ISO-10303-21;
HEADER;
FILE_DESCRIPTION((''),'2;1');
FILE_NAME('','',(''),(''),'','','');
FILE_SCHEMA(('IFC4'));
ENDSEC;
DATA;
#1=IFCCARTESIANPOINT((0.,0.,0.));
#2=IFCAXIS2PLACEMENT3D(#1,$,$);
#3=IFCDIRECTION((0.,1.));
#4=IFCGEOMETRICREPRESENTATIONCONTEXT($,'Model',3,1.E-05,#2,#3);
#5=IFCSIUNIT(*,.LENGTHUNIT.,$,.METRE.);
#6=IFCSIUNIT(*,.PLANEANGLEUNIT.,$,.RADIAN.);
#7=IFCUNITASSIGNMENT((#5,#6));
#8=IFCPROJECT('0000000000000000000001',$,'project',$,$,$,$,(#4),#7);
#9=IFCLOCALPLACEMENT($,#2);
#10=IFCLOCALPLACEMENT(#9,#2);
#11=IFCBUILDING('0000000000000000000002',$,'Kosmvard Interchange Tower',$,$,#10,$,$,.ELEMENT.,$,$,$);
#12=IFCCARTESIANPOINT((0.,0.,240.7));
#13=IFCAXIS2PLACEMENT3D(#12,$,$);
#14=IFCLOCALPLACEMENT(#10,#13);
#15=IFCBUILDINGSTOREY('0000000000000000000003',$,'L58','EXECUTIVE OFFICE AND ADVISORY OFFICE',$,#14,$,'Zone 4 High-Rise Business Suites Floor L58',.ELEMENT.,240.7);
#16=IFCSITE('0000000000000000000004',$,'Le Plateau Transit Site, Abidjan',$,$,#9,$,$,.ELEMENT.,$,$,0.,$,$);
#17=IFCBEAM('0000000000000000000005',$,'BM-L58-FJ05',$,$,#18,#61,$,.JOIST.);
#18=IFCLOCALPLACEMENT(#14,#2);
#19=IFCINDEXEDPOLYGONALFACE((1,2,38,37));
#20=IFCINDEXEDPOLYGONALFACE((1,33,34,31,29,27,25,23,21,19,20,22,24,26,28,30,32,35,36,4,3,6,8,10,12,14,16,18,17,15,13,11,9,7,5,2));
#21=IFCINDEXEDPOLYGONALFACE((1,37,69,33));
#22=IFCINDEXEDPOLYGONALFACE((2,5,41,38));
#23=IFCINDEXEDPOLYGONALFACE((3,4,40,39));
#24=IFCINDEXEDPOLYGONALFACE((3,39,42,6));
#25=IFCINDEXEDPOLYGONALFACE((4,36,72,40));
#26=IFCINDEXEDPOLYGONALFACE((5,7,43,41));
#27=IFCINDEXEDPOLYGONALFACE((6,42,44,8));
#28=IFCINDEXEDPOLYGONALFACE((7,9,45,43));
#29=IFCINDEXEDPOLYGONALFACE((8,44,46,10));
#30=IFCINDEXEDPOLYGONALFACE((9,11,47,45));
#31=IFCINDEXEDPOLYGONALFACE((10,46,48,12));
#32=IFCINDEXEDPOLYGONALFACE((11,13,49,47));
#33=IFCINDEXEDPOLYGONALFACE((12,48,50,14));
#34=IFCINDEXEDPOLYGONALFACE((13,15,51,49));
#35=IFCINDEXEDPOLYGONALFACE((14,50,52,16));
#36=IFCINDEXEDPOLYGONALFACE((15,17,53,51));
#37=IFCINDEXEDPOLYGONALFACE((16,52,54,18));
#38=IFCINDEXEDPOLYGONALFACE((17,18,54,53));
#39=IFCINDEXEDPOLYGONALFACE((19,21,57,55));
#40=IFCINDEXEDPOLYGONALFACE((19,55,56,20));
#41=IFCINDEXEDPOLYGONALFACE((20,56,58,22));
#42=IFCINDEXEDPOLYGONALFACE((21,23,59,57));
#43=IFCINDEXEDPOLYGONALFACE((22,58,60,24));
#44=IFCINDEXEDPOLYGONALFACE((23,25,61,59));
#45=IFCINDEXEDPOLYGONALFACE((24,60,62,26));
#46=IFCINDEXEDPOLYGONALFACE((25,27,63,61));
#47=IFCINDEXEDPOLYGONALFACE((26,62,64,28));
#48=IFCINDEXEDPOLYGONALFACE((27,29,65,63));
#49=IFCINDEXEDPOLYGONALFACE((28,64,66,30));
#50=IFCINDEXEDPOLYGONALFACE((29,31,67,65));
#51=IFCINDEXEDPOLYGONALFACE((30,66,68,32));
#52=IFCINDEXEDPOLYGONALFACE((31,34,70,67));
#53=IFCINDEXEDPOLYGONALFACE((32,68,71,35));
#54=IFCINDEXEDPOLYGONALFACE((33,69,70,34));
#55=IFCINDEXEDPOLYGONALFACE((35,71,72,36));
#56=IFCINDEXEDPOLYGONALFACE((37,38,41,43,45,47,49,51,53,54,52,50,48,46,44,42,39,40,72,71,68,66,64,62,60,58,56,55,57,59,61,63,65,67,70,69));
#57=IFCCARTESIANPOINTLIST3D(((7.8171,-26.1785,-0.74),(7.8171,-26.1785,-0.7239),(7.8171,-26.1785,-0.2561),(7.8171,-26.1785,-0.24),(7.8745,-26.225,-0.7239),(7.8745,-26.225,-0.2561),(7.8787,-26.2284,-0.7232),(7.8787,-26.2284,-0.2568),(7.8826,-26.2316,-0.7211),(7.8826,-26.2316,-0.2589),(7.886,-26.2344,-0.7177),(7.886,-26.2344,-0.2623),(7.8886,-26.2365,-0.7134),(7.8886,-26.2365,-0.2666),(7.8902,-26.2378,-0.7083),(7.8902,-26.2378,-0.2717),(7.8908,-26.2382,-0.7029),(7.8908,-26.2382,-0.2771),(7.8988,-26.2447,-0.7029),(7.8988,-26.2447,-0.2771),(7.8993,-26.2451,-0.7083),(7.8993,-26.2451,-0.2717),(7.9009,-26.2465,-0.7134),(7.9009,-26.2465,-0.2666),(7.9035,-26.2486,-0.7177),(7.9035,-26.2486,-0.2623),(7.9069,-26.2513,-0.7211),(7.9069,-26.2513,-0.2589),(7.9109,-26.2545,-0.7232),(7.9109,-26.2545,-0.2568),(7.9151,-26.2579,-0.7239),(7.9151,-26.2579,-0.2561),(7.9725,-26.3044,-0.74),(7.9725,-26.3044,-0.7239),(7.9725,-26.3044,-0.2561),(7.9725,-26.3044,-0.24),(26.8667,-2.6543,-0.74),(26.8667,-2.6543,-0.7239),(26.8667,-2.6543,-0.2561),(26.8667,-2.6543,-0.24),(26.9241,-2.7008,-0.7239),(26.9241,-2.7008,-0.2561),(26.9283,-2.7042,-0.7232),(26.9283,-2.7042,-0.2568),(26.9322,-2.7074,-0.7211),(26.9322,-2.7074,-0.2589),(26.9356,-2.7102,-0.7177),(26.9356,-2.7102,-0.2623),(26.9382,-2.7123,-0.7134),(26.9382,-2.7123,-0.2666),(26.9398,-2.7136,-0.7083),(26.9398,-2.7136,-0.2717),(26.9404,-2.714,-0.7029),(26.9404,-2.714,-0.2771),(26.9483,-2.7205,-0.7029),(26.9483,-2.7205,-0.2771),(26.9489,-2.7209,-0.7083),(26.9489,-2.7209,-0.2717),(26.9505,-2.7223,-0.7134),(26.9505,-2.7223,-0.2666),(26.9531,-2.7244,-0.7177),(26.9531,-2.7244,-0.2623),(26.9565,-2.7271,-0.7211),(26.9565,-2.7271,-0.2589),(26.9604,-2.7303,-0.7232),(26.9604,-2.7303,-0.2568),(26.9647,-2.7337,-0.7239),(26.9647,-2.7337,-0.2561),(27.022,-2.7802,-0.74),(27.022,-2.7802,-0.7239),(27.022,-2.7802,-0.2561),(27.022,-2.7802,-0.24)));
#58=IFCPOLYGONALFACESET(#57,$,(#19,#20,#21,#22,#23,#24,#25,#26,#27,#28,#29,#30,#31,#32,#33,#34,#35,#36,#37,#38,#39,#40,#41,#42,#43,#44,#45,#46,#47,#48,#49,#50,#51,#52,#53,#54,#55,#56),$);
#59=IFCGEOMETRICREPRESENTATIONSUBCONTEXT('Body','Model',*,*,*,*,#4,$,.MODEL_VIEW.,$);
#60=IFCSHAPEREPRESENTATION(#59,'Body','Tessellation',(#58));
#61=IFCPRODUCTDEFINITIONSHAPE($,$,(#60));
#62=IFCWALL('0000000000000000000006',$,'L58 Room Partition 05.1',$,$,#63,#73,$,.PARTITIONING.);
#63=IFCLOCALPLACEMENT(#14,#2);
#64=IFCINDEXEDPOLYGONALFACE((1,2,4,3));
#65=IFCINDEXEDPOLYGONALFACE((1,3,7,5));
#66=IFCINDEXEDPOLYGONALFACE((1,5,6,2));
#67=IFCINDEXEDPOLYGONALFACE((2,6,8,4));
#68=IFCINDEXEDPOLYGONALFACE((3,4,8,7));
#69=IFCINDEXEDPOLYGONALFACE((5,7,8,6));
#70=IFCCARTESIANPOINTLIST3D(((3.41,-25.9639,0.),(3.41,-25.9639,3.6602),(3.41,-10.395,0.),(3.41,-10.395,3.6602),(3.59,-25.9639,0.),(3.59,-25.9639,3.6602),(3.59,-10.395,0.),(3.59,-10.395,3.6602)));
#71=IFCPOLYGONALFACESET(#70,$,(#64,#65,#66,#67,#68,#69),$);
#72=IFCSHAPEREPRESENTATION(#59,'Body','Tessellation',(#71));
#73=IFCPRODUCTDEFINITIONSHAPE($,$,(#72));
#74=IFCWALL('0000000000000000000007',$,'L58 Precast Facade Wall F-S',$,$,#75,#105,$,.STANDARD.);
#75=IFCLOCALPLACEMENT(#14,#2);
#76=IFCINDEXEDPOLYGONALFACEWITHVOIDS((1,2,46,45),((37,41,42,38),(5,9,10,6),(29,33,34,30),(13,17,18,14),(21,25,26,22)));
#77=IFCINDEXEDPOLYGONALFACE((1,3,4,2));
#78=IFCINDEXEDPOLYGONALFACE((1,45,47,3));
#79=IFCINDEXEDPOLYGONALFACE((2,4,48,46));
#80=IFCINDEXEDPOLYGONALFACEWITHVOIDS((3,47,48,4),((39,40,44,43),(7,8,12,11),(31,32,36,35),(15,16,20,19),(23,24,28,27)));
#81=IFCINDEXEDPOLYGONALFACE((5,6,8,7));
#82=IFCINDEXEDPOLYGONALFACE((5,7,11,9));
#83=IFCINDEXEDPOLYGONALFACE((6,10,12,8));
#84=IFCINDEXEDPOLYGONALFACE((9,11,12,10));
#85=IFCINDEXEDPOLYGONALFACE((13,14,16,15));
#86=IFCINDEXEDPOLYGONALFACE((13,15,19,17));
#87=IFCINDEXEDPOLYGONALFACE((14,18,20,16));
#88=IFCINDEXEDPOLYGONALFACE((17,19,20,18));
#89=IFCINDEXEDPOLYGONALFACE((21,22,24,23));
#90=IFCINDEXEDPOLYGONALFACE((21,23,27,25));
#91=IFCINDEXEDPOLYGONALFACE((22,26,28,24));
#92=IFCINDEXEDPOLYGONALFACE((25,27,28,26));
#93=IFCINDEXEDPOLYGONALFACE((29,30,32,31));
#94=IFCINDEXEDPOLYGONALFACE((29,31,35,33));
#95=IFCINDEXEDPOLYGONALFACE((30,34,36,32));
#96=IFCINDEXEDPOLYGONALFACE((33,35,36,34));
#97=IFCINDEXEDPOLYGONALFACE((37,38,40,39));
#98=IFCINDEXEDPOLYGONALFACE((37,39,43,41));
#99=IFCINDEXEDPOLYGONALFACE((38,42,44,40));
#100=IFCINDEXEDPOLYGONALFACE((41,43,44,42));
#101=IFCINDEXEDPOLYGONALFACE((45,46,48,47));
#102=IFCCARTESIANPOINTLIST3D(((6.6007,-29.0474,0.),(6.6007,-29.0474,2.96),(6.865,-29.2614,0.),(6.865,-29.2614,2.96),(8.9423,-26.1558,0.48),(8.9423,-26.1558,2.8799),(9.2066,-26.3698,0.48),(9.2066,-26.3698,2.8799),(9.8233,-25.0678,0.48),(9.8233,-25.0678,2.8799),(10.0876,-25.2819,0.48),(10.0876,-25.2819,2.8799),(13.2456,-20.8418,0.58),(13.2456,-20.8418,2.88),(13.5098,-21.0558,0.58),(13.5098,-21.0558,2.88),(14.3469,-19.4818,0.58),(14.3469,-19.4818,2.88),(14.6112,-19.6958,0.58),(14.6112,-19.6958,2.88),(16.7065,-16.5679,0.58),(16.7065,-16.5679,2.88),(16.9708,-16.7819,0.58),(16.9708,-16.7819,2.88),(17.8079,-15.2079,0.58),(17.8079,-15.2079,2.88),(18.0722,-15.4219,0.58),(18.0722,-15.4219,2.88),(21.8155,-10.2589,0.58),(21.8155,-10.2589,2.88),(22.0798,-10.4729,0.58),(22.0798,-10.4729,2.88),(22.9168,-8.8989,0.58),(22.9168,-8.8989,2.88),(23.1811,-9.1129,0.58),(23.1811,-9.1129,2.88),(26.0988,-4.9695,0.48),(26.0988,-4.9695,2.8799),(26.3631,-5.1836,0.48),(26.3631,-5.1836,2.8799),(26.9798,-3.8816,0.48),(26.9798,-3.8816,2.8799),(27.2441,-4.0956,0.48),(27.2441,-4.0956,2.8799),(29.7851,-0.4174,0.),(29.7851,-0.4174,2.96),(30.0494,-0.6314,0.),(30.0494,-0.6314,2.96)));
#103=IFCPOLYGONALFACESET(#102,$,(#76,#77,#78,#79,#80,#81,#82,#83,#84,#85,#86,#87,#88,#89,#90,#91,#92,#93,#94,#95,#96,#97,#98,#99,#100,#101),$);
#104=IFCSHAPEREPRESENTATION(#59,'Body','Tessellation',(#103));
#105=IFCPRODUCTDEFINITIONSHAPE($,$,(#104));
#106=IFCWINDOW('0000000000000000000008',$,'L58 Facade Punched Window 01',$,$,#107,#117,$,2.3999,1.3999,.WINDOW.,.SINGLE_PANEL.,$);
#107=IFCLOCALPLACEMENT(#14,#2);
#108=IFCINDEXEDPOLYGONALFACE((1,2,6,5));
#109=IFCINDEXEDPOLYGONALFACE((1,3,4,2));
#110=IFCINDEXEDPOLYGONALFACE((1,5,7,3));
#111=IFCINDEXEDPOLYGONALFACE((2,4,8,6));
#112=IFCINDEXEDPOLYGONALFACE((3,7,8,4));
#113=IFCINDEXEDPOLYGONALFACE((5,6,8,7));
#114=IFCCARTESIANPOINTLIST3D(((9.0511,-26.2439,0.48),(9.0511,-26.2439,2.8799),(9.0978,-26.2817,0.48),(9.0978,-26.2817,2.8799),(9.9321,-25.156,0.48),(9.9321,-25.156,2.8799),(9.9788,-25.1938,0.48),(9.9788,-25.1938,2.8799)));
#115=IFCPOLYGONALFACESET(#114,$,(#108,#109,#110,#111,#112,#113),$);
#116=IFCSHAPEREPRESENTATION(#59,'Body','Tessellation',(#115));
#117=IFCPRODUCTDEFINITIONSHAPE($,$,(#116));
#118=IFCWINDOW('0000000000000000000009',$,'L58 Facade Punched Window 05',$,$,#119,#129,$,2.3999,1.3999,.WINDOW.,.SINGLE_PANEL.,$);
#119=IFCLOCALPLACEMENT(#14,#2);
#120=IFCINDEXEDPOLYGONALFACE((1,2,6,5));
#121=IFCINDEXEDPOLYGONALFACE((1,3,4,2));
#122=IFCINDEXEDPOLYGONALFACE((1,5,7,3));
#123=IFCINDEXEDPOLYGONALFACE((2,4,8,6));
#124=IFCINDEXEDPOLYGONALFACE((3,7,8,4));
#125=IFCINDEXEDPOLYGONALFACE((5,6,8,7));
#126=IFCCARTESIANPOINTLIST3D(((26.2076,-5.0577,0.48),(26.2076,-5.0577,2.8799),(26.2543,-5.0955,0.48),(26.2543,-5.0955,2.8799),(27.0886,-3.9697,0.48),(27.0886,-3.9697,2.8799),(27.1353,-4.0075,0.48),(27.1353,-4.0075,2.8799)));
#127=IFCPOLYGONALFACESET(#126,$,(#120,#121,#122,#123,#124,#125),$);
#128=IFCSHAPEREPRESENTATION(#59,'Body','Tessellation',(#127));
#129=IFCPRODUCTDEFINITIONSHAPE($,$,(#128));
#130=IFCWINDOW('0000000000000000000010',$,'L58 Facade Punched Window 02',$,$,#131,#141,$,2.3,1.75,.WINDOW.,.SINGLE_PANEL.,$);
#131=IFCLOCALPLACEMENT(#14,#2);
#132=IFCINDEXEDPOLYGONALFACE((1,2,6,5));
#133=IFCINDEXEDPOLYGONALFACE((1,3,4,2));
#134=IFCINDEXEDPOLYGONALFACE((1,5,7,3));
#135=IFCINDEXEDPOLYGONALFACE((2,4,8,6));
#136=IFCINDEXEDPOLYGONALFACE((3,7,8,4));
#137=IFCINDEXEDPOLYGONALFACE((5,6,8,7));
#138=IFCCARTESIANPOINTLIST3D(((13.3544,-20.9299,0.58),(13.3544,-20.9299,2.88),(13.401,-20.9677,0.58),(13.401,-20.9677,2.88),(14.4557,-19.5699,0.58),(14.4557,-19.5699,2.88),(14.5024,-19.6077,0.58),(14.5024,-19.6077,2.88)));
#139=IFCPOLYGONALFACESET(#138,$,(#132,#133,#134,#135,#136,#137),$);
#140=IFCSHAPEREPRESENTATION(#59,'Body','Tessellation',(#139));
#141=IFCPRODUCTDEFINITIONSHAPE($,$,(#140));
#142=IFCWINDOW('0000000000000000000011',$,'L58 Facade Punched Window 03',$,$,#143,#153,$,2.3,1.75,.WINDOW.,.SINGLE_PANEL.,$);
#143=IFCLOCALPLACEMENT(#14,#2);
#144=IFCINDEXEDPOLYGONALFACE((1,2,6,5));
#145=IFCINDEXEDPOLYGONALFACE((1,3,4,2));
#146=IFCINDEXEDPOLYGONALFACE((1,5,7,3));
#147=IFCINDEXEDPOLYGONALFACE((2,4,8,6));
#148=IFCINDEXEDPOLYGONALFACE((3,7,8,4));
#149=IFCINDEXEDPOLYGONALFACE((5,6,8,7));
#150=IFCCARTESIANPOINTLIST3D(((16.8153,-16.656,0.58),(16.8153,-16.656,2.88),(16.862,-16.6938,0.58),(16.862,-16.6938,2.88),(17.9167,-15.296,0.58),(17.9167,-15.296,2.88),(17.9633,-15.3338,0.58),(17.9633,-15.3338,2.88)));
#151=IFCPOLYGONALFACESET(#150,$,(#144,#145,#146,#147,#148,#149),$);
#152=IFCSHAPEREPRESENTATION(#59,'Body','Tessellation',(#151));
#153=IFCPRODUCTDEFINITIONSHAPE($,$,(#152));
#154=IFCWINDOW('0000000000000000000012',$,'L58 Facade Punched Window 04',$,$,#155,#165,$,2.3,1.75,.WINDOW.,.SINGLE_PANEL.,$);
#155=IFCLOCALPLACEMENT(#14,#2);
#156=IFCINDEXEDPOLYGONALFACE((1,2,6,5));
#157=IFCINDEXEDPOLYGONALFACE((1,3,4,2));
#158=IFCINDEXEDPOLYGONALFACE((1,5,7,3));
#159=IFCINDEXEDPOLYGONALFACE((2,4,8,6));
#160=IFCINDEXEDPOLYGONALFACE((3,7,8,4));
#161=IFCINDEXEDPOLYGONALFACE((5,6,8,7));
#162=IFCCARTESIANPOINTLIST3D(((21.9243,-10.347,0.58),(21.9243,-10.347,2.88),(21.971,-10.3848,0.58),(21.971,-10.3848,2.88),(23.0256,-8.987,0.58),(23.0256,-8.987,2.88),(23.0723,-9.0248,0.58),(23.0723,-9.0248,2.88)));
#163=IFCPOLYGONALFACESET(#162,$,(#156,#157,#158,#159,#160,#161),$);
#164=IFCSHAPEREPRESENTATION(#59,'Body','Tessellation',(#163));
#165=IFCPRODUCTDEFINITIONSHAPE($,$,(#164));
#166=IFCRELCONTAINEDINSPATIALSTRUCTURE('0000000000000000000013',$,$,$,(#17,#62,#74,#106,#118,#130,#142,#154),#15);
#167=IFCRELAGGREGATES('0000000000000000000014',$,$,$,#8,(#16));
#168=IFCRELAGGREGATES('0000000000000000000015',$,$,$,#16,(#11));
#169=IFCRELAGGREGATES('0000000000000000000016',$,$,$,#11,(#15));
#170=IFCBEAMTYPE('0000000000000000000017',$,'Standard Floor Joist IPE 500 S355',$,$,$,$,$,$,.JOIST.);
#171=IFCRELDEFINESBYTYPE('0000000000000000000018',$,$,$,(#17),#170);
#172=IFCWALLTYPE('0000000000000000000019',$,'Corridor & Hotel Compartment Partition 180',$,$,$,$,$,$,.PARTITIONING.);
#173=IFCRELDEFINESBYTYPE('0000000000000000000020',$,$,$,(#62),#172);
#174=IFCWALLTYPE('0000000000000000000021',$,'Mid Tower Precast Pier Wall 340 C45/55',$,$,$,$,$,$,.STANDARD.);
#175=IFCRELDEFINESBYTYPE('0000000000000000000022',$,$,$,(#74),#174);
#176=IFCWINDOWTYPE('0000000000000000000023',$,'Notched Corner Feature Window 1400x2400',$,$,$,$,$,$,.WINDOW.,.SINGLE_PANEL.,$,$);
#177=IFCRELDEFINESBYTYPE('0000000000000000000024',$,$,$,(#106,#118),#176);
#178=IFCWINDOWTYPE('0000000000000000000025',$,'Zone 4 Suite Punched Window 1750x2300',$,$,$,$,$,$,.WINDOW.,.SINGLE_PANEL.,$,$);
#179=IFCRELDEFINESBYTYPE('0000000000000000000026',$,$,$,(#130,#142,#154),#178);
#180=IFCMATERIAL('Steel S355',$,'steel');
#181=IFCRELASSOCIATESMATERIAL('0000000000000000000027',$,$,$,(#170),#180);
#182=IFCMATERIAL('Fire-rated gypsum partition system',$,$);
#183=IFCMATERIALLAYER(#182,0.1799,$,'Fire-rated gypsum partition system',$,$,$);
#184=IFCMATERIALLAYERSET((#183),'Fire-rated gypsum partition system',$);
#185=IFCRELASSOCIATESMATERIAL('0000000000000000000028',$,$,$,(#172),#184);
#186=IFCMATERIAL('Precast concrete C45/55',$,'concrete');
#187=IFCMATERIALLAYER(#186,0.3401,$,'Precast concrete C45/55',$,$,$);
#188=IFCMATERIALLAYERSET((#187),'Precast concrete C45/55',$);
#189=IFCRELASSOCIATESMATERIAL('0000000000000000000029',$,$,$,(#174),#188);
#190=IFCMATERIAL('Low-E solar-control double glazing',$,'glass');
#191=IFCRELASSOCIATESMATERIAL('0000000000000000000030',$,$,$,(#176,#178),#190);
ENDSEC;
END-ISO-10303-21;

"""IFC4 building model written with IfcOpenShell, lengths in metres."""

from ifc_helpers import new_model, si_unit, direction, frame, frame_2d, origin, origin_2d, place, context, subcontext, project, spatial, rectangle, i_section, extrude, source, transform, mapped, material, layer, layer_set, material_profile, profile_set, type_object, element, fill, save


model = new_model("IFC4")

# Units and contexts
model_context = context("Model", 3, precision=1e-05, world=origin(), true_north=direction((0.0, 1.0)))
body_context = subcontext(model_context, "Body", "Model", "MODEL_VIEW")
ifc_project = project(units=[si_unit("LENGTHUNIT", "METRE"), si_unit("PLANEANGLEUNIT", "RADIAN")], contexts=[model_context])

# Site, building, storey
site_placement = place(None, origin())
site = spatial("IfcSite", under=ifc_project, at=site_placement, Name="Le Plateau Transit Site, Abidjan", CompositionType="ELEMENT", RefElevation=0.0)
building_placement = place(site_placement, origin())
building = spatial("IfcBuilding", under=site, at=building_placement, Name="Kosmvard Interchange Tower", CompositionType="ELEMENT")
storey_placement = place(building_placement, frame((0.0, 0.0, 240.7)))
storey = spatial("IfcBuildingStorey", under=building, at=storey_placement, Name="L58", Description="EXECUTIVE OFFICE AND ADVISORY OFFICE", LongName="Zone 4 High-Rise Business Suites Floor L58", CompositionType="ELEMENT", Elevation=240.7)

# Beam
ifc_material_1 = material(Name="Steel S355", Category="steel")
ifc_material_profile_1 = material_profile(ifc_material_1, i_section(OverallWidth=0.2, OverallDepth=0.5, WebThickness=0.0103, FlangeThickness=0.0161, FilletRadius=0.021, at=origin_2d()), Name="IPE 500")
ifc_profile_set_1 = profile_set([ifc_material_profile_1], Name="Steel S355")
beam_type_1 = type_object("IfcBeamType", Name="Standard Floor Joist IPE 500 S355", PredefinedType="JOIST", material=ifc_profile_set_1)
shared_shape_1 = source(origin(), body_context, "Body", "SweptSolid", [
    extrude(i_section(OverallWidth=0.2, OverallDepth=0.5, WebThickness=0.0103, FlangeThickness=0.0161, FilletRadius=0.021, at=origin_2d()), origin(), (0.0, 0.0, 1.0), 30.27),
])
beam_1_placement = place(storey_placement, frame((7.8948, -26.2415, -0.49), z_axis=(0.629322, 0.777145, 0.0), x_axis=(-0.777145, 0.629322, 0.0)))
element("IfcBeam", 1, at=beam_1_placement, inside=storey, type_object=beam_type_1, Name="BM-L58-FJ05", PredefinedType="JOIST", context=body_context, shape_type="MappedRepresentation", body=[
    mapped(shared_shape_1, transform((0.0, 0.0, 0.0), scale=1.0)),
])

# Wall
ifc_material_2 = material(Name="Fire-rated gypsum partition system")
ifc_layer_1 = layer(ifc_material_2, 0.1799, Name="Fire-rated gypsum partition system")
ifc_layer_set_1 = layer_set([ifc_layer_1], Name="Fire-rated gypsum partition system")
wall_type_1 = type_object("IfcWallType", Name="Corridor & Hotel Compartment Partition 180", PredefinedType="PARTITIONING", material=ifc_layer_set_1)
wall_1_placement = place(storey_placement, frame((3.5, -10.395, 0.0), z_axis=(0.0, 0.0, 1.0), x_axis=(0.0, -1.0, 0.0)))
element("IfcWall", 2, at=wall_1_placement, inside=storey, type_object=wall_type_1, Name="L58 Room Partition 05.1", PredefinedType="PARTITIONING", context=body_context, shape_type="SweptSolid", body=[
    extrude(rectangle(XDim=15.5688, YDim=0.1799, at=frame_2d((7.7844, 0.0))), origin(), (0.0, 0.0, 1.0), 3.6602),
])

# Wall, openings, windows
ifc_material_3 = material(Name="Precast concrete C45/55", Category="concrete")
ifc_layer_2 = layer(ifc_material_3, 0.3401, Name="Precast concrete C45/55")
ifc_layer_set_2 = layer_set([ifc_layer_2], Name="Precast concrete C45/55")
wall_type_2 = type_object("IfcWallType", Name="Mid Tower Precast Pier Wall 340 C45/55", PredefinedType="STANDARD", material=ifc_layer_set_2)
wall_2_placement = place(storey_placement, frame((6.7329, -29.1543, 0.0), z_axis=(0.0, 0.0, 1.0), x_axis=(0.629325, 0.777142, 0.0)))
wall_2 = element("IfcWall", 3, at=wall_2_placement, inside=storey, type_object=wall_type_2, Name="L58 Precast Facade Wall F-S", PredefinedType="STANDARD", context=body_context, shape_type="SweptSolid", body=[
    extrude(rectangle(XDim=36.8401, YDim=0.3401, at=frame_2d((18.4199, 0.0))), origin(), (0.0, 0.0, 1.0), 2.96),
])
opening_1_placement = place(wall_2_placement, frame((3.7207, 0.0, 0.48)))
opening_1 = element("IfcOpeningElement", 4, at=opening_1_placement, cuts=wall_2, PredefinedType="OPENING", context=body_context, shape_type="SweptSolid", body=[
    extrude(rectangle(XDim=1.3999, YDim=2.3999, at=frame_2d((0.7, 1.2))), frame((0.0, 0.1802, 0.0), z_axis=(0.0, -1.0, 0.0), x_axis=(1.0, 0.0, 0.0)), (0.0, 0.0, 1.0), 0.3601),
])
opening_2_placement = place(wall_2_placement, frame((10.5586, 0.0, 0.5801)))
opening_2 = element("IfcOpeningElement", 5, at=opening_2_placement, cuts=wall_2, PredefinedType="OPENING", context=body_context, shape_type="SweptSolid", body=[
    extrude(rectangle(XDim=1.75, YDim=2.3, at=frame_2d((0.875, 1.1499))), frame((0.0, 0.1802, 0.0), z_axis=(0.0, -1.0, 0.0), x_axis=(1.0, 0.0, 0.0)), (0.0, 0.0, 1.0), 0.3601),
])
opening_3_placement = place(wall_2_placement, frame((16.0581, 0.0, 0.5801)))
opening_3 = element("IfcOpeningElement", 6, at=opening_3_placement, cuts=wall_2, PredefinedType="OPENING", context=body_context, shape_type="SweptSolid", body=[
    extrude(rectangle(XDim=1.75, YDim=2.3, at=frame_2d((0.875, 1.1499))), frame((0.0, 0.1802, 0.0), z_axis=(0.0, -1.0, 0.0), x_axis=(1.0, 0.0, 0.0)), (0.0, 0.0, 1.0), 0.3601),
])
opening_4_placement = place(wall_2_placement, frame((24.1763, 0.0, 0.5801)))
opening_4 = element("IfcOpeningElement", 7, at=opening_4_placement, cuts=wall_2, PredefinedType="OPENING", context=body_context, shape_type="SweptSolid", body=[
    extrude(rectangle(XDim=1.75, YDim=2.3, at=frame_2d((0.875, 1.1499))), frame((0.0, 0.1802, 0.0), z_axis=(0.0, -1.0, 0.0), x_axis=(1.0, 0.0, 0.0)), (0.0, 0.0, 1.0), 0.3601),
])
opening_5_placement = place(wall_2_placement, frame((30.9824, 0.0, 0.48)))
opening_5 = element("IfcOpeningElement", 8, at=opening_5_placement, cuts=wall_2, PredefinedType="OPENING", context=body_context, shape_type="SweptSolid", body=[
    extrude(rectangle(XDim=1.3999, YDim=2.3999, at=frame_2d((0.7, 1.2))), frame((0.0, 0.1802, 0.0), z_axis=(0.0, -1.0, 0.0), x_axis=(1.0, 0.0, 0.0)), (0.0, 0.0, 1.0), 0.3601),
])
ifc_material_4 = material(Name="Low-E solar-control double glazing", Category="glass")
window_type_1 = type_object("IfcWindowType", Name="Notched Corner Feature Window 1400x2400", PartitioningType="SINGLE_PANEL", PredefinedType="WINDOW", material=ifc_material_4)
shared_shape_2 = source(origin(), body_context, "Body", "SweptSolid", [
    extrude(rectangle(XDim=1.3999, YDim=2.3999, at=frame_2d((0.7, 1.2))), frame((0.0, 0.03, 0.0), z_axis=(0.0, -1.0, 0.0), x_axis=(1.0, 0.0, 0.0)), (0.0, 0.0, 1.0), 0.0601),
])
window_1_placement = place(opening_1_placement, origin())
window_1 = element("IfcWindow", 9, at=window_1_placement, inside=storey, type_object=window_type_1, Name="L58 Facade Punched Window 01", OverallHeight=2.3999, OverallWidth=1.3999, PartitioningType="SINGLE_PANEL", PredefinedType="WINDOW", context=body_context, shape_type="MappedRepresentation", body=[
    mapped(shared_shape_2, transform((0.0, 0.0, 0.0), scale=1.0)),
])
fill(opening_1, window_1)
window_2_placement = place(opening_5_placement, origin())
window_2 = element("IfcWindow", 10, at=window_2_placement, inside=storey, type_object=window_type_1, Name="L58 Facade Punched Window 05", OverallHeight=2.3999, OverallWidth=1.3999, PartitioningType="SINGLE_PANEL", PredefinedType="WINDOW", context=body_context, shape_type="MappedRepresentation", body=[
    mapped(shared_shape_2, transform((0.0, 0.0, 0.0), scale=1.0)),
])
fill(opening_5, window_2)
window_type_2 = type_object("IfcWindowType", Name="Zone 4 Suite Punched Window 1750x2300", PartitioningType="SINGLE_PANEL", PredefinedType="WINDOW", material=ifc_material_4)
shared_shape_3 = source(origin(), body_context, "Body", "SweptSolid", [
    extrude(rectangle(XDim=1.75, YDim=2.3, at=frame_2d((0.875, 1.1499))), frame((0.0, 0.03, 0.0), z_axis=(0.0, -1.0, 0.0), x_axis=(1.0, 0.0, 0.0)), (0.0, 0.0, 1.0), 0.0601),
])
window_3_placement = place(opening_2_placement, origin())
window_3 = element("IfcWindow", 11, at=window_3_placement, inside=storey, type_object=window_type_2, Name="L58 Facade Punched Window 02", OverallHeight=2.3, OverallWidth=1.75, PartitioningType="SINGLE_PANEL", PredefinedType="WINDOW", context=body_context, shape_type="MappedRepresentation", body=[
    mapped(shared_shape_3, transform((0.0, 0.0, 0.0), scale=1.0)),
])
fill(opening_2, window_3)
window_4_placement = place(opening_3_placement, origin())
window_4 = element("IfcWindow", 12, at=window_4_placement, inside=storey, type_object=window_type_2, Name="L58 Facade Punched Window 03", OverallHeight=2.3, OverallWidth=1.75, PartitioningType="SINGLE_PANEL", PredefinedType="WINDOW", context=body_context, shape_type="MappedRepresentation", body=[
    mapped(shared_shape_3, transform((0.0, 0.0, 0.0), scale=1.0)),
])
fill(opening_3, window_4)
window_5_placement = place(opening_4_placement, origin())
window_5 = element("IfcWindow", 13, at=window_5_placement, inside=storey, type_object=window_type_2, Name="L58 Facade Punched Window 04", OverallHeight=2.3, OverallWidth=1.75, PartitioningType="SINGLE_PANEL", PredefinedType="WINDOW", context=body_context, shape_type="MappedRepresentation", body=[
    mapped(shared_shape_3, transform((0.0, 0.0, 0.0), scale=1.0)),
])
fill(opening_4, window_5)

save(model, "model.ifc")
